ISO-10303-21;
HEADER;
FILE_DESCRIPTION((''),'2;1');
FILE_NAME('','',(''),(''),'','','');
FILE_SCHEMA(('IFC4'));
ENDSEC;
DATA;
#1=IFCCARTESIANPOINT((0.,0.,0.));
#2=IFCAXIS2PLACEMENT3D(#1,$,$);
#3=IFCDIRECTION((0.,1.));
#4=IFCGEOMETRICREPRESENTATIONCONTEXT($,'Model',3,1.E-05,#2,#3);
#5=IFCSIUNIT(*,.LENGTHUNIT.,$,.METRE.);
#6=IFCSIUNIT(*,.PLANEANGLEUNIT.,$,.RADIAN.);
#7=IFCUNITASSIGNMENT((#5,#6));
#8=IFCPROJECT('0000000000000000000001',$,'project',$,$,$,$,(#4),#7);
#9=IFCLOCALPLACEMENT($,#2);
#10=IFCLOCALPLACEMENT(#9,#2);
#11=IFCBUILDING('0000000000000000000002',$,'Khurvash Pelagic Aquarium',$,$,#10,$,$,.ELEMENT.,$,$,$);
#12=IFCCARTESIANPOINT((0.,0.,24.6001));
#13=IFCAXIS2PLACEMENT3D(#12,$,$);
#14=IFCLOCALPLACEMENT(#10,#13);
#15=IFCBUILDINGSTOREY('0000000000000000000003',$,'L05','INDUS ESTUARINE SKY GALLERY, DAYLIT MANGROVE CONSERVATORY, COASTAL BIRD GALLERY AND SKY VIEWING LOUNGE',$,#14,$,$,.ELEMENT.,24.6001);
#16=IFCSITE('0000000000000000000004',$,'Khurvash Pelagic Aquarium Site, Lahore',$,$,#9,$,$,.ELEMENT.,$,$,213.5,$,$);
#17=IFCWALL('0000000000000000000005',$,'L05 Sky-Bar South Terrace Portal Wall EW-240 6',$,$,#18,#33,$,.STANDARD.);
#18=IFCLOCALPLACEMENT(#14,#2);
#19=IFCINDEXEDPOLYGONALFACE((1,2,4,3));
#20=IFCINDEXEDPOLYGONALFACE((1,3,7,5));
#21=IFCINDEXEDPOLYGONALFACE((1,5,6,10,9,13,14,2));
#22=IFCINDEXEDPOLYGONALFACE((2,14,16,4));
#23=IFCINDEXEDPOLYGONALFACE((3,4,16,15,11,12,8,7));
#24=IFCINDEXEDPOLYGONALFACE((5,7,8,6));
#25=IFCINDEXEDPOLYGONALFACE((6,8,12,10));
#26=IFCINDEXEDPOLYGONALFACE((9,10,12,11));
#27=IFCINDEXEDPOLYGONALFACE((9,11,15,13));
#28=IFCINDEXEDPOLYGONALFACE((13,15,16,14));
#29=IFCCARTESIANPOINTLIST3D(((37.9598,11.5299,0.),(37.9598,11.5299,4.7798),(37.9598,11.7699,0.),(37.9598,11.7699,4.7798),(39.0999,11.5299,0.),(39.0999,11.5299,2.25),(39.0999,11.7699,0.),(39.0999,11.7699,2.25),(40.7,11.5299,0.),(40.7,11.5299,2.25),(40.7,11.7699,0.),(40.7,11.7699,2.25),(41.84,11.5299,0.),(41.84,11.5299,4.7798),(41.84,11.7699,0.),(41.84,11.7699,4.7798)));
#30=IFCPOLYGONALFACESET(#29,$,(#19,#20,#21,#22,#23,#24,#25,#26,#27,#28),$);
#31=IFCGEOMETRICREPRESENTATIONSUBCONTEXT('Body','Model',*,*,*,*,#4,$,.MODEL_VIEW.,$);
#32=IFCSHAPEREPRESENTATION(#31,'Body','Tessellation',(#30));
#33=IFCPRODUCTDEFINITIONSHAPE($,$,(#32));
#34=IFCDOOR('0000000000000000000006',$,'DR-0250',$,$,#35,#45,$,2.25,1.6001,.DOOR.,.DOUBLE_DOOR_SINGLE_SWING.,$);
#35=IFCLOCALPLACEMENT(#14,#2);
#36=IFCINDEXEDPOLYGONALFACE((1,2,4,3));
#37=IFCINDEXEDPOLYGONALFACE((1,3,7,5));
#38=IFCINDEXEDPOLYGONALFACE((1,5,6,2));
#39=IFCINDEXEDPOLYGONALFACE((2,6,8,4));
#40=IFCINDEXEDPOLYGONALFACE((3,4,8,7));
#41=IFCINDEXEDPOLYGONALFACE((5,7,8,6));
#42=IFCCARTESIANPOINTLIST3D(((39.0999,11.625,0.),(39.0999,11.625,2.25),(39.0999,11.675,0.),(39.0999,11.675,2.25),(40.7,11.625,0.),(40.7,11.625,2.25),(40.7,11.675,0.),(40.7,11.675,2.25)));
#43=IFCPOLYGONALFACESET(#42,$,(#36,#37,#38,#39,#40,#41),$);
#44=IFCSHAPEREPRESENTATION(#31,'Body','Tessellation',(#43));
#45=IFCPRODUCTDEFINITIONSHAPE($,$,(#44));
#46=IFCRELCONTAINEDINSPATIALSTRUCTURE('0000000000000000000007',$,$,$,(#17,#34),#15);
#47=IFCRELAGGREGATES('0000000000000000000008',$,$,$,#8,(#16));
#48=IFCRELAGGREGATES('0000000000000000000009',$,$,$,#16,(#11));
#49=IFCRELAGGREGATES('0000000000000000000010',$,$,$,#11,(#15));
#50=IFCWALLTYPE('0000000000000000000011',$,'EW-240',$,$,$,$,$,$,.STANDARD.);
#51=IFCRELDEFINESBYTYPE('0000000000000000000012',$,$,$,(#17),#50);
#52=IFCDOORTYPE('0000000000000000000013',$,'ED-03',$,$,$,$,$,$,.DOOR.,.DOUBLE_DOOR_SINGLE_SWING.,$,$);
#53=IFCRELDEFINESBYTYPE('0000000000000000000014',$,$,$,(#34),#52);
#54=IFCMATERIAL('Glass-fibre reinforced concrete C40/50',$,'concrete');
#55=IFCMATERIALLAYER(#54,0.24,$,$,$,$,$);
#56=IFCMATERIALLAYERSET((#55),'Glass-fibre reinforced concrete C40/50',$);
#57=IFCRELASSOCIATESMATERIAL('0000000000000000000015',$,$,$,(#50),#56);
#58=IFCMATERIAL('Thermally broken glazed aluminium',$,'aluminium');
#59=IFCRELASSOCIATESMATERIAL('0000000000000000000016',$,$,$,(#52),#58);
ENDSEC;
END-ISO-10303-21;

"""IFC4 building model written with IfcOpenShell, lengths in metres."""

from ifc_helpers import new_model, si_unit, direction, frame, frame_2d, origin, place, context, subcontext, project, spatial, rectangle, extrude, material, layer, layer_set, type_object, element, fill, save


model = new_model("IFC4")

# Units and contexts
model_context = context("Model", 3, precision=1e-05, world=origin(), true_north=direction((0.0, 1.0)))
body_context = subcontext(model_context, "Body", "Model", "MODEL_VIEW")
ifc_project = project(units=[si_unit("LENGTHUNIT", "METRE"), si_unit("PLANEANGLEUNIT", "RADIAN")], contexts=[model_context])

# Site, building, storey
site_placement = place(None, origin())
site = spatial("IfcSite", under=ifc_project, at=site_placement, Name="Khurvash Pelagic Aquarium Site, Lahore", CompositionType="ELEMENT", RefElevation=213.5)
building_placement = place(site_placement, origin())
building = spatial("IfcBuilding", under=site, at=building_placement, Name="Khurvash Pelagic Aquarium", CompositionType="ELEMENT")
storey_placement = place(building_placement, frame((0.0, 0.0, 24.6001)))
storey = spatial("IfcBuildingStorey", under=building, at=storey_placement, Name="L05", Description="INDUS ESTUARINE SKY GALLERY, DAYLIT MANGROVE CONSERVATORY, COASTAL BIRD GALLERY AND SKY VIEWING LOUNGE", CompositionType="ELEMENT", Elevation=24.6001)

# Wall, opening, door
ifc_material_1 = material(Name="Glass-fibre reinforced concrete C40/50", Category="concrete")
ifc_layer_1 = layer(ifc_material_1, 0.24)
ifc_layer_set_1 = layer_set([ifc_layer_1], Name="Glass-fibre reinforced concrete C40/50")
wall_type = type_object("IfcWallType", Name="EW-240", PredefinedType="STANDARD", material=ifc_layer_set_1)
wall_placement = place(storey_placement, frame((37.96, 11.6499, 0.0), z_axis=(0.0, 0.0, 1.0), x_axis=(1.0, 0.0, 0.0)))
wall = element("IfcWall", 1, at=wall_placement, inside=storey, type_object=wall_type, Name="L05 Sky-Bar South Terrace Portal Wall EW-240 6", PredefinedType="STANDARD", context=body_context, shape_type="SweptSolid", body=[
    extrude(rectangle(XDim=3.8801, YDim=0.24, at=frame_2d((1.9399, 0.0))), origin(), (0.0, 0.0, 1.0), 4.7798),
])
opening_placement = place(wall_placement, frame((1.1399, 0.0, 0.0)))
opening = element("IfcOpeningElement", 2, at=opening_placement, cuts=wall, PredefinedType="OPENING", context=body_context, shape_type="SweptSolid", body=[
    extrude(rectangle(XDim=1.6001, YDim=2.25, at=frame_2d((0.8, 1.125))), frame((0.0, 0.1299, 0.0), z_axis=(0.0, -1.0, 0.0), x_axis=(1.0, 0.0, 0.0)), (0.0, 0.0, 1.0), 0.26),
])
ifc_material_2 = material(Name="Thermally broken glazed aluminium", Category="aluminium")
door_type = type_object("IfcDoorType", Name="ED-03", OperationType="DOUBLE_DOOR_SINGLE_SWING", PredefinedType="DOOR", material=ifc_material_2)
door_placement = place(opening_placement, frame((1.6001, 0.0, 0.0), z_axis=(0.0, 0.0, 1.0), x_axis=(-1.0, 0.0, 0.0)))
door = element("IfcDoor", 3, at=door_placement, inside=storey, type_object=door_type, Name="DR-0250", OperationType="DOUBLE_DOOR_SINGLE_SWING", OverallHeight=2.25, OverallWidth=1.6001, PredefinedType="DOOR", context=body_context, shape_type="SweptSolid", body=[
    extrude(rectangle(XDim=1.6001, YDim=2.25, at=frame_2d((0.8, 1.125))), frame((0.0, 0.0249, 0.0), z_axis=(0.0, -1.0, 0.0), x_axis=(1.0, 0.0, 0.0)), (0.0, 0.0, 1.0), 0.05),
])
fill(opening, door)

save(model, "model.ifc")
